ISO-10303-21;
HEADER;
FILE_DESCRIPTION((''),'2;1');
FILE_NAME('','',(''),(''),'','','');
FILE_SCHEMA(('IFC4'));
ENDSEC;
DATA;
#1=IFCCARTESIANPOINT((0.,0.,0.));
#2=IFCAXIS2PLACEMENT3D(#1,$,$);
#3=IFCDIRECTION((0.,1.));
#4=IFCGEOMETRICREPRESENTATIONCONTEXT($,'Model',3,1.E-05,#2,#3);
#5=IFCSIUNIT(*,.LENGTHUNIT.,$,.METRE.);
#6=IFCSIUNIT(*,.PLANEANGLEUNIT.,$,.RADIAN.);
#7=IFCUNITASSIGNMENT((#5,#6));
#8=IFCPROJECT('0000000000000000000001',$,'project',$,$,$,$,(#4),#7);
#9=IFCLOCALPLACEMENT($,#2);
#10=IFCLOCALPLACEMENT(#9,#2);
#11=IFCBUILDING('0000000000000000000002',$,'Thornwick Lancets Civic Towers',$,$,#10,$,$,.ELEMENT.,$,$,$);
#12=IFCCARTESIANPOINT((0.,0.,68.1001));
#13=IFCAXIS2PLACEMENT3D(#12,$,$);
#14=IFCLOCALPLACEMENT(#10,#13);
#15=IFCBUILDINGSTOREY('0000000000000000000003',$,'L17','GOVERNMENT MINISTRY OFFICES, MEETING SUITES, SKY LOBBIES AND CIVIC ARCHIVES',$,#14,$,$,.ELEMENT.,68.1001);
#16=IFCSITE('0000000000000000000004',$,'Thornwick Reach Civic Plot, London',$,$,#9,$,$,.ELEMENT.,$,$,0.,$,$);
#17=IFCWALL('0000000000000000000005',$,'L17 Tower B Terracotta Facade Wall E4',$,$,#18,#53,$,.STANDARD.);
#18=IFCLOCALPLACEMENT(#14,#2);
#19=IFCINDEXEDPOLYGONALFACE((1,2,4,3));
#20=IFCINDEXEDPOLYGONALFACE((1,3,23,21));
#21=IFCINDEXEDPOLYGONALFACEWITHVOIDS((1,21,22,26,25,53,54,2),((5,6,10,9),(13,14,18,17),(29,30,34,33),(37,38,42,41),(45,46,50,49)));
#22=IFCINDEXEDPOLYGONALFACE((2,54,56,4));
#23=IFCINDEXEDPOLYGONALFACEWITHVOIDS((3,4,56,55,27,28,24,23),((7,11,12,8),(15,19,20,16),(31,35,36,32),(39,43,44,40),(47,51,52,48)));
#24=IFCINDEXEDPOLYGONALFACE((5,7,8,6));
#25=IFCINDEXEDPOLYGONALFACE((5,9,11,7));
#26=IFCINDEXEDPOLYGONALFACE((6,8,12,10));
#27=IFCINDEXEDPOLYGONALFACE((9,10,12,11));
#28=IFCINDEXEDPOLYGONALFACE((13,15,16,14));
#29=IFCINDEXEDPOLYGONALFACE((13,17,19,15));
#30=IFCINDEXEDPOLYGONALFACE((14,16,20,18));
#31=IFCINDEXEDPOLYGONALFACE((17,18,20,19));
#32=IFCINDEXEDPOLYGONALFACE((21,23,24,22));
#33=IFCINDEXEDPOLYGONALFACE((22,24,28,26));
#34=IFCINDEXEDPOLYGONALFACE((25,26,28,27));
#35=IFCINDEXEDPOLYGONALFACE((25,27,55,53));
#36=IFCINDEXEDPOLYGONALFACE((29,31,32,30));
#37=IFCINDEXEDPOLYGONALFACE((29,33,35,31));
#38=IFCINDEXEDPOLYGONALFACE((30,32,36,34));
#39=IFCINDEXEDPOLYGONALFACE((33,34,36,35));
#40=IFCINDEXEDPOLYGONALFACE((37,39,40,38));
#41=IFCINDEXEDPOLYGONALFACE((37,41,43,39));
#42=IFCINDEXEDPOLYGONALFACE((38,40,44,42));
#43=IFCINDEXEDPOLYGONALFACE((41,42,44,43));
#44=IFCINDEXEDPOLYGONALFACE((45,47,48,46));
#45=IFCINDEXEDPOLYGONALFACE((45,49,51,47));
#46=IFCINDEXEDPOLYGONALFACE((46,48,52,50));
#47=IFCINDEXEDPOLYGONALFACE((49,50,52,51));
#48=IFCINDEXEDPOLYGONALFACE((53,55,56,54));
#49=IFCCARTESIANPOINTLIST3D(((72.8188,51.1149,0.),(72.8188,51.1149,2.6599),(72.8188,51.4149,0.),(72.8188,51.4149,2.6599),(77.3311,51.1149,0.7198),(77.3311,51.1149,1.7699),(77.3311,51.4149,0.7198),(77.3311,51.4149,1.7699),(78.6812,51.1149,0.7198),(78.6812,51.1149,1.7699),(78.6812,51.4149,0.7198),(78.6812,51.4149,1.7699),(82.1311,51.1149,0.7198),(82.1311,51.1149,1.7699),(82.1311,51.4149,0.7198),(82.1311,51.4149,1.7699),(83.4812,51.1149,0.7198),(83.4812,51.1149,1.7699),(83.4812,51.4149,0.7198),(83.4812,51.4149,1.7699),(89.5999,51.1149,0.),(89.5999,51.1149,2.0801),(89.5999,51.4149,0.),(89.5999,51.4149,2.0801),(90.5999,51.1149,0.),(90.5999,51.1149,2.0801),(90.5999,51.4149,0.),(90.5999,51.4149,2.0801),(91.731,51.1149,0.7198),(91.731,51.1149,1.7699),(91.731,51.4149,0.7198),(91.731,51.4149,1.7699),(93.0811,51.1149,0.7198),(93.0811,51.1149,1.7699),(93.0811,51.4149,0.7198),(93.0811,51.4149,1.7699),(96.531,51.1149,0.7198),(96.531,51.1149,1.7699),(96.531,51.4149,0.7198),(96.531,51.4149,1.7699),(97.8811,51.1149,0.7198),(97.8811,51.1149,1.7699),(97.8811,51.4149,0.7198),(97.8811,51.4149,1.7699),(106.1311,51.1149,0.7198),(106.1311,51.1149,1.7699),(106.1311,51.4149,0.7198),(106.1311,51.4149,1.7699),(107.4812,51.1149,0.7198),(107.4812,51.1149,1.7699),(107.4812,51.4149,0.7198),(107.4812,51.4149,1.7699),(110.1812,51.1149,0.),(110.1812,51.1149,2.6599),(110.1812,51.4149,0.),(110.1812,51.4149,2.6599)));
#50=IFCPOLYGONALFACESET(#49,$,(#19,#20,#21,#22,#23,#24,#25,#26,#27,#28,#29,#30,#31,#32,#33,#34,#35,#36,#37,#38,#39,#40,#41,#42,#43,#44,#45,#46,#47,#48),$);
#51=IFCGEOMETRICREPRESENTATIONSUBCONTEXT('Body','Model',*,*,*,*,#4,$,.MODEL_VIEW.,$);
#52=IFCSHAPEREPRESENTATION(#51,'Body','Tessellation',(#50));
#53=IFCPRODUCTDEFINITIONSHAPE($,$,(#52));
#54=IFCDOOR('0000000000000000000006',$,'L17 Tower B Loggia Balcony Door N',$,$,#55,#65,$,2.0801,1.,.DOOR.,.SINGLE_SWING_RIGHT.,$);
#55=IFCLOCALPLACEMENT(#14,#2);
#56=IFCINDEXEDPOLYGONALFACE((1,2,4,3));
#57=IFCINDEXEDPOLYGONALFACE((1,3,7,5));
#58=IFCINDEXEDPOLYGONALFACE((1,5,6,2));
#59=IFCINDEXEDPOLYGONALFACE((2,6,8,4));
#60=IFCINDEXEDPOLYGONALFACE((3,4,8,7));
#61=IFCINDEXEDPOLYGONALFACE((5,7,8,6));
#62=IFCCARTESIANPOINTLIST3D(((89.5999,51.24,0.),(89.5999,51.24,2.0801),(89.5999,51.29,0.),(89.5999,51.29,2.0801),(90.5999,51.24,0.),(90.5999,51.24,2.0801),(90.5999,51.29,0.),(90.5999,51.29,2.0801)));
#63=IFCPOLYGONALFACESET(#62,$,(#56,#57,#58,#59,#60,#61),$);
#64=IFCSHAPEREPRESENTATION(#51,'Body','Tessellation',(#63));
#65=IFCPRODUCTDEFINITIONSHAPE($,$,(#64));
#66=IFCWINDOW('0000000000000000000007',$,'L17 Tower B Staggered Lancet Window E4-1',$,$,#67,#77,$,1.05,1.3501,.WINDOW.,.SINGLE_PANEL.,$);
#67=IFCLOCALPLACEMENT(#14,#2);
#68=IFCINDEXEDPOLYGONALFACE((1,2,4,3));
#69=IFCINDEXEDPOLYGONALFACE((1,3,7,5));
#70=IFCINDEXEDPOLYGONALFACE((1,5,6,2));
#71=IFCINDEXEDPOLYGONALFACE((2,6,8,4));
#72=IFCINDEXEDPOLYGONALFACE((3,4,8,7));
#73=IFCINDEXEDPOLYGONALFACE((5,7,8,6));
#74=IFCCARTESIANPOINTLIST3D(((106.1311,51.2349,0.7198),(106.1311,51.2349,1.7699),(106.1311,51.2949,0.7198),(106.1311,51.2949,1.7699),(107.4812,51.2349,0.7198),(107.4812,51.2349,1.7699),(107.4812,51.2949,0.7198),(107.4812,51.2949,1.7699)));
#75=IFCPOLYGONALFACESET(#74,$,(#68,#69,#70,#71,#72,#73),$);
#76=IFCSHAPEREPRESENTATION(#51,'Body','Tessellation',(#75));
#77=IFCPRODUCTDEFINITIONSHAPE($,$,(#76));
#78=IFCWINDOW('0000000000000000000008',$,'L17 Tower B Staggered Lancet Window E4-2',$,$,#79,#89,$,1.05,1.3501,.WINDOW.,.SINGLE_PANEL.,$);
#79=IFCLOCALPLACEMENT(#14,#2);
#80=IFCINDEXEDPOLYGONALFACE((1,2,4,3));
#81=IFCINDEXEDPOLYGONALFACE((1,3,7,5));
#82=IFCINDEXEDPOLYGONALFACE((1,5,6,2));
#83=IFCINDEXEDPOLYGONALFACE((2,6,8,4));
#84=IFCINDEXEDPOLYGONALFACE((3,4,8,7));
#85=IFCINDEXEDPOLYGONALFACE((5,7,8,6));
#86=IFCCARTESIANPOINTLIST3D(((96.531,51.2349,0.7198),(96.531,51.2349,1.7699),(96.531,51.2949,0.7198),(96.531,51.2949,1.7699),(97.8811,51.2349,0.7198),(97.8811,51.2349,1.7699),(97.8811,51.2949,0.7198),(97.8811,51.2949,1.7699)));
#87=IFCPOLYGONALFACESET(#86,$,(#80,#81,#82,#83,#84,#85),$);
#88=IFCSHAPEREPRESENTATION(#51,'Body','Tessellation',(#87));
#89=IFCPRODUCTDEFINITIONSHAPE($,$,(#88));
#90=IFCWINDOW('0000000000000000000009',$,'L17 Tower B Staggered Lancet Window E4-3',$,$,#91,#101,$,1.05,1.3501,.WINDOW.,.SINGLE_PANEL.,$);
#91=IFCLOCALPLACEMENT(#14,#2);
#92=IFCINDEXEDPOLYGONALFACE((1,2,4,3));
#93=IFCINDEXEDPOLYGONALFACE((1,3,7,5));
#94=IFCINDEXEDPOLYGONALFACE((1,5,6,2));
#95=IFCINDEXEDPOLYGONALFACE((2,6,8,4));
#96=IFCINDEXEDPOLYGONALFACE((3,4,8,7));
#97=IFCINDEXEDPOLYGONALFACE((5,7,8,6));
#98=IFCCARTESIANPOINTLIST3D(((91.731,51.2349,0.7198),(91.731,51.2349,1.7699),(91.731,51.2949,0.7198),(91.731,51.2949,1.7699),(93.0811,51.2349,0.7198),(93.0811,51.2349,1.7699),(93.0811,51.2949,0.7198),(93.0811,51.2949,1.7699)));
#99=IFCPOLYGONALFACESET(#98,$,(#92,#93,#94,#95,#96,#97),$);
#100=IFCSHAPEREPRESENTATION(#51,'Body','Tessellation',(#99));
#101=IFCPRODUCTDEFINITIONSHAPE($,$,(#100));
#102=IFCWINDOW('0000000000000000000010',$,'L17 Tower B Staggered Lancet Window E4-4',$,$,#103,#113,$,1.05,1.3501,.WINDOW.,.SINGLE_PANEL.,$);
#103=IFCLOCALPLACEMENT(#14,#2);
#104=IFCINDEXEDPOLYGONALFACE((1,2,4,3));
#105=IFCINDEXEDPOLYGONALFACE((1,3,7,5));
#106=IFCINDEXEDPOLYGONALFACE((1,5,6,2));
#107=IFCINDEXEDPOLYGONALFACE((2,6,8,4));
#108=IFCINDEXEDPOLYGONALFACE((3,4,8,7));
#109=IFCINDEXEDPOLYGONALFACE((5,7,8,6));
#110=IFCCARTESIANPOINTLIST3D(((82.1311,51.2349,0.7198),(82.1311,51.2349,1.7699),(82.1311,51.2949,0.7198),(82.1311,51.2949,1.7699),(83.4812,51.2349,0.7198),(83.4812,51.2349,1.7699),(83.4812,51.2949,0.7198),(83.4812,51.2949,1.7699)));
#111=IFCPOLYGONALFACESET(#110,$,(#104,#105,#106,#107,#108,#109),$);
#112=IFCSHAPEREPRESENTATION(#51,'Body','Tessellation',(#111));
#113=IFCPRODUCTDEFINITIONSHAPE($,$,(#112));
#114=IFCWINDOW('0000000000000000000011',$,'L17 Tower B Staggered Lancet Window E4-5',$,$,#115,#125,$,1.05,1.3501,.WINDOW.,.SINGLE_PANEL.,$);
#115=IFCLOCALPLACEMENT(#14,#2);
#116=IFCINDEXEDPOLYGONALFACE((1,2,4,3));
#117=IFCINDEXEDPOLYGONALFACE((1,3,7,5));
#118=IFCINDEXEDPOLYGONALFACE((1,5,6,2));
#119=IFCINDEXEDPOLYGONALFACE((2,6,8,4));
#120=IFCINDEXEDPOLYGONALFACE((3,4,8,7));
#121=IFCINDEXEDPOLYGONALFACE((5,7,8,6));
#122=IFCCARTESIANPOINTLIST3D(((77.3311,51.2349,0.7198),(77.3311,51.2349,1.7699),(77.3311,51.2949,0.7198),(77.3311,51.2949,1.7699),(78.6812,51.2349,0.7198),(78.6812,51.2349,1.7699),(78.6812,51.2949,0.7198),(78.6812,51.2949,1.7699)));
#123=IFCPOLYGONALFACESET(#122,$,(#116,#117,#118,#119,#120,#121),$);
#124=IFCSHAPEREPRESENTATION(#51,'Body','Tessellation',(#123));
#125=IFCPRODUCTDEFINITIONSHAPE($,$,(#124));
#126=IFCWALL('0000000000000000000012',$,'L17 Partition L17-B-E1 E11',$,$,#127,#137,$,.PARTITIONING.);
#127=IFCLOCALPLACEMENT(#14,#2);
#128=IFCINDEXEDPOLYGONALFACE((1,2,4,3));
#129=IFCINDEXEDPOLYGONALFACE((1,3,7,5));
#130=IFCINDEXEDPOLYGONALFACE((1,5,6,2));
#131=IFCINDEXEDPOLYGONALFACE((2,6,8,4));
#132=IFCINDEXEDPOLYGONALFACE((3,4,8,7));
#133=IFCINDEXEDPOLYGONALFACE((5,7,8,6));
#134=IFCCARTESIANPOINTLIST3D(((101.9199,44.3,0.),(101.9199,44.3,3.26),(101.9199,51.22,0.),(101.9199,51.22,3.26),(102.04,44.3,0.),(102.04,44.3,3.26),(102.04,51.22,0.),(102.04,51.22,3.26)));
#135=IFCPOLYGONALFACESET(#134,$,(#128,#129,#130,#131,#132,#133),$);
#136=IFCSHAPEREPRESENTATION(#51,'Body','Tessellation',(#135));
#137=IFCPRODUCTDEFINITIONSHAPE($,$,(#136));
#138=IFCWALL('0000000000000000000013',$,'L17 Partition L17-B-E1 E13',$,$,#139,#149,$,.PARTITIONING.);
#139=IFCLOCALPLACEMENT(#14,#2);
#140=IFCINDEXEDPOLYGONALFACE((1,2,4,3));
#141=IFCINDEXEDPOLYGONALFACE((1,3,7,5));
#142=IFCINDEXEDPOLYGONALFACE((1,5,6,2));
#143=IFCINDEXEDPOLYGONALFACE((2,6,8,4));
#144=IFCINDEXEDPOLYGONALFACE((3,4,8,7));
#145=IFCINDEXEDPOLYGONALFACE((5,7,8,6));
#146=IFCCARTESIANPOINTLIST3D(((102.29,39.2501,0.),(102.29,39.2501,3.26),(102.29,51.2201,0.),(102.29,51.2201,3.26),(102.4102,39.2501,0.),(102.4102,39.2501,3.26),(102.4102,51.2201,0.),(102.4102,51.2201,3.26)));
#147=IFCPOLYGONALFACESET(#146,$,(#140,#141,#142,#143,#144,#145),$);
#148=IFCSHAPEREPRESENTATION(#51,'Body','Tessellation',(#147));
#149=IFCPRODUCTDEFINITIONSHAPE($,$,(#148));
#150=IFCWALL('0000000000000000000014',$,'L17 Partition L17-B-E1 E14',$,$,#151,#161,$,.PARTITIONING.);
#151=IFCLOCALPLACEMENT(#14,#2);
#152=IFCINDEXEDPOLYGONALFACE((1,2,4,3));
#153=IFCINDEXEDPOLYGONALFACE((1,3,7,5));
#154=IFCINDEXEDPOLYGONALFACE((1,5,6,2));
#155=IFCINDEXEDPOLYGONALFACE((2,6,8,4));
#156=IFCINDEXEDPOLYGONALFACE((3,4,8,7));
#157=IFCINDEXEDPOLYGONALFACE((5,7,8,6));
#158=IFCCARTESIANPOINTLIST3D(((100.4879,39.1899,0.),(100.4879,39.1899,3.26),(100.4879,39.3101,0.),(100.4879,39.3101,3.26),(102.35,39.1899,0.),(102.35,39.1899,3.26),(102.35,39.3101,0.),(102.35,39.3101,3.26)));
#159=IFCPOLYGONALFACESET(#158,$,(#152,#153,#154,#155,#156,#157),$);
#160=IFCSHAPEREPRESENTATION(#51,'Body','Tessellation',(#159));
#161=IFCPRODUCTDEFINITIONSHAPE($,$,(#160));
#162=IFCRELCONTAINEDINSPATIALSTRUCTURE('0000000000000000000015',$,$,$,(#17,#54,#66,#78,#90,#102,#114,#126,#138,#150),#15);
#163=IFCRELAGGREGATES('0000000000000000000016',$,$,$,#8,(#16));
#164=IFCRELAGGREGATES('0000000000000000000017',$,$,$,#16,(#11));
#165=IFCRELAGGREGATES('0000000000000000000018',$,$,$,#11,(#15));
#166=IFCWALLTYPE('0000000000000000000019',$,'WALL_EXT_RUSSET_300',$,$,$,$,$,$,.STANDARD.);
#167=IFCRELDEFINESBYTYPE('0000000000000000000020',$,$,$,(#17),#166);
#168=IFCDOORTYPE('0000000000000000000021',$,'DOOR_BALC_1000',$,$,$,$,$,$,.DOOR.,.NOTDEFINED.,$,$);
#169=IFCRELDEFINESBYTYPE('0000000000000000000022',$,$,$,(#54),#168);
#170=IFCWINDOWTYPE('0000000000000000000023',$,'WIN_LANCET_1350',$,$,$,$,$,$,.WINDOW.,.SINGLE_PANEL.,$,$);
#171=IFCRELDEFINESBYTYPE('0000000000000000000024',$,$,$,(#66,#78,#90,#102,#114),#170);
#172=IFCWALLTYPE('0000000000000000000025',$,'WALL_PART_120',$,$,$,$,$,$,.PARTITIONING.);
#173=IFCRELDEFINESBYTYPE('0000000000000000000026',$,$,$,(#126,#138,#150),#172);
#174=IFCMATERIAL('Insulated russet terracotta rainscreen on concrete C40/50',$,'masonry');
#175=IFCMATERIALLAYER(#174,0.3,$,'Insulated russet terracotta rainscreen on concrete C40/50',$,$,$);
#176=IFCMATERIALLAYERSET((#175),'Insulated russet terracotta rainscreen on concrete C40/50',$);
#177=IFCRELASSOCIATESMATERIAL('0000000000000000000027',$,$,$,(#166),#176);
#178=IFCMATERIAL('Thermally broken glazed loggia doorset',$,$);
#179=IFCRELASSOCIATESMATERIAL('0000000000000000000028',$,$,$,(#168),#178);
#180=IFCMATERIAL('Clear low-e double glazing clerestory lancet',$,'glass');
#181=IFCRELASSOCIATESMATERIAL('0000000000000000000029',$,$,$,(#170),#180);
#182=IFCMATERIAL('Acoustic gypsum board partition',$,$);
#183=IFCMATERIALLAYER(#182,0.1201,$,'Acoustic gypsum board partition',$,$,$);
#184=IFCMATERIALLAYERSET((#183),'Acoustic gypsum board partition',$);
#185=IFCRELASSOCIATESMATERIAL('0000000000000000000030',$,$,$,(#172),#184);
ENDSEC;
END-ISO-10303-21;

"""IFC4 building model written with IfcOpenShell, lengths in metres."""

from ifc_helpers import new_model, si_unit, direction, frame, frame_2d, origin, place, context, subcontext, project, spatial, rectangle, extrude, material, layer, layer_set, type_object, element, fill, save


model = new_model("IFC4")

# Units and contexts
model_context = context("Model", 3, precision=1e-05, world=origin(), true_north=direction((0.0, 1.0)))
body_context = subcontext(model_context, "Body", "Model", "MODEL_VIEW")
ifc_project = project(units=[si_unit("LENGTHUNIT", "METRE"), si_unit("PLANEANGLEUNIT", "RADIAN")], contexts=[model_context])

# Site, building, storey
site_placement = place(None, origin())
site = spatial("IfcSite", under=ifc_project, at=site_placement, Name="Thornwick Reach Civic Plot, London", CompositionType="ELEMENT", RefElevation=0.0)
building_placement = place(site_placement, origin())
building = spatial("IfcBuilding", under=site, at=building_placement, Name="Thornwick Lancets Civic Towers", CompositionType="ELEMENT")
storey_placement = place(building_placement, frame((0.0, 0.0, 68.1001)))
storey = spatial("IfcBuildingStorey", under=building, at=storey_placement, Name="L17", Description="GOVERNMENT MINISTRY OFFICES, MEETING SUITES, SKY LOBBIES AND CIVIC ARCHIVES", CompositionType="ELEMENT", Elevation=68.1001)

# Wall, openings, door, windows
ifc_material_1 = material(Name="Insulated russet terracotta rainscreen on concrete C40/50", Category="masonry")
ifc_layer_1 = layer(ifc_material_1, 0.3, Name="Insulated russet terracotta rainscreen on concrete C40/50")
ifc_layer_set_1 = layer_set([ifc_layer_1], Name="Insulated russet terracotta rainscreen on concrete C40/50")
wall_type_1 = type_object("IfcWallType", Name="WALL_EXT_RUSSET_300", PredefinedType="STANDARD", material=ifc_layer_set_1)
wall_1_placement = place(storey_placement, frame((110.1812, 51.2649, 0.0), z_axis=(0.0, 0.0, 1.0), x_axis=(-1.0, 0.0, 0.0)))
wall_1 = element("IfcWall", 1, at=wall_1_placement, inside=storey, type_object=wall_type_1, Name="L17 Tower B Terracotta Facade Wall E4", PredefinedType="STANDARD", context=body_context, shape_type="SweptSolid", body=[
    extrude(rectangle(XDim=37.3623, YDim=0.3, at=frame_2d((18.6812, 0.0))), origin(), (0.0, 0.0, 1.0), 2.6599),
])
opening_1_placement = place(wall_1_placement, frame((19.5813, 0.0, 0.0)))
opening_1 = element("IfcOpeningElement", 2, at=opening_1_placement, cuts=wall_1, PredefinedType="OPENING", context=body_context, shape_type="SweptSolid", body=[
    extrude(rectangle(XDim=1.0, YDim=2.0801, at=frame_2d((0.5, 1.04))), frame((0.0, 0.1602, 0.0), z_axis=(0.0, -1.0, 0.0), x_axis=(1.0, 0.0, 0.0)), (0.0, 0.0, 1.0), 0.3201),
])
opening_2_placement = place(wall_1_placement, frame((2.7, 0.0, 0.72)))
opening_2 = element("IfcOpeningElement", 3, at=opening_2_placement, cuts=wall_1, PredefinedType="OPENING", context=body_context, shape_type="SweptSolid", body=[
    extrude(rectangle(XDim=1.3501, YDim=1.05, at=frame_2d((0.675, 0.5249))), frame((0.0, 0.1602, 0.0), z_axis=(0.0, -1.0, 0.0), x_axis=(1.0, 0.0, 0.0)), (0.0, 0.0, 1.0), 0.3201),
])
opening_3_placement = place(wall_1_placement, frame((12.3, 0.0, 0.72)))
opening_3 = element("IfcOpeningElement", 4, at=opening_3_placement, cuts=wall_1, PredefinedType="OPENING", context=body_context, shape_type="SweptSolid", body=[
    extrude(rectangle(XDim=1.3501, YDim=1.05, at=frame_2d((0.675, 0.5249))), frame((0.0, 0.1602, 0.0), z_axis=(0.0, -1.0, 0.0), x_axis=(1.0, 0.0, 0.0)), (0.0, 0.0, 1.0), 0.3201),
])
opening_4_placement = place(wall_1_placement, frame((17.1001, 0.0, 0.72)))
opening_4 = element("IfcOpeningElement", 5, at=opening_4_placement, cuts=wall_1, PredefinedType="OPENING", context=body_context, shape_type="SweptSolid", body=[
    extrude(rectangle(XDim=1.3501, YDim=1.05, at=frame_2d((0.675, 0.5249))), frame((0.0, 0.1602, 0.0), z_axis=(0.0, -1.0, 0.0), x_axis=(1.0, 0.0, 0.0)), (0.0, 0.0, 1.0), 0.3201),
])
opening_5_placement = place(wall_1_placement, frame((26.7, 0.0, 0.72)))
opening_5 = element("IfcOpeningElement", 6, at=opening_5_placement, cuts=wall_1, PredefinedType="OPENING", context=body_context, shape_type="SweptSolid", body=[
    extrude(rectangle(XDim=1.3501, YDim=1.05, at=frame_2d((0.675, 0.5249))), frame((0.0, 0.1602, 0.0), z_axis=(0.0, -1.0, 0.0), x_axis=(1.0, 0.0, 0.0)), (0.0, 0.0, 1.0), 0.3201),
])
opening_6_placement = place(wall_1_placement, frame((31.5, 0.0, 0.72)))
opening_6 = element("IfcOpeningElement", 7, at=opening_6_placement, cuts=wall_1, PredefinedType="OPENING", context=body_context, shape_type="SweptSolid", body=[
    extrude(rectangle(XDim=1.3501, YDim=1.05, at=frame_2d((0.675, 0.5249))), frame((0.0, 0.1602, 0.0), z_axis=(0.0, -1.0, 0.0), x_axis=(1.0, 0.0, 0.0)), (0.0, 0.0, 1.0), 0.3201),
])
ifc_material_2 = material(Name="Thermally broken glazed loggia doorset")
door_type = type_object("IfcDoorType", Name="DOOR_BALC_1000", OperationType="NOTDEFINED", PredefinedType="DOOR", material=ifc_material_2)
door_placement = place(opening_1_placement, origin())
door = element("IfcDoor", 8, at=door_placement, inside=storey, type_object=door_type, Name="L17 Tower B Loggia Balcony Door N", OperationType="SINGLE_SWING_RIGHT", OverallHeight=2.0801, OverallWidth=1.0, PredefinedType="DOOR", context=body_context, shape_type="SweptSolid", body=[
    extrude(rectangle(XDim=1.0, YDim=2.0801, at=frame_2d((0.5, 1.04))), frame((0.0, 0.0249, 0.0), z_axis=(0.0, -1.0, 0.0), x_axis=(1.0, 0.0, 0.0)), (0.0, 0.0, 1.0), 0.05),
])
fill(opening_1, door)
ifc_material_3 = material(Name="Clear low-e double glazing clerestory lancet", Category="glass")
window_type = type_object("IfcWindowType", Name="WIN_LANCET_1350", PartitioningType="SINGLE_PANEL", PredefinedType="WINDOW", material=ifc_material_3)
window_1_placement = place(opening_2_placement, origin())
window_1 = element("IfcWindow", 9, at=window_1_placement, inside=storey, type_object=window_type, Name="L17 Tower B Staggered Lancet Window E4-1", OverallHeight=1.05, OverallWidth=1.3501, PartitioningType="SINGLE_PANEL", PredefinedType="WINDOW", context=body_context, shape_type="SweptSolid", body=[
    extrude(rectangle(XDim=1.3501, YDim=1.05, at=frame_2d((0.675, 0.5249))), frame((0.0, 0.03, 0.0), z_axis=(0.0, -1.0, 0.0), x_axis=(1.0, 0.0, 0.0)), (0.0, 0.0, 1.0), 0.0601),
])
fill(opening_2, window_1)
window_2_placement = place(opening_3_placement, origin())
window_2 = element("IfcWindow", 10, at=window_2_placement, inside=storey, type_object=window_type, Name="L17 Tower B Staggered Lancet Window E4-2", OverallHeight=1.05, OverallWidth=1.3501, PartitioningType="SINGLE_PANEL", PredefinedType="WINDOW", context=body_context, shape_type="SweptSolid", body=[
    extrude(rectangle(XDim=1.3501, YDim=1.05, at=frame_2d((0.675, 0.5249))), frame((0.0, 0.03, 0.0), z_axis=(0.0, -1.0, 0.0), x_axis=(1.0, 0.0, 0.0)), (0.0, 0.0, 1.0), 0.0601),
])
fill(opening_3, window_2)
window_3_placement = place(opening_4_placement, origin())
window_3 = element("IfcWindow", 11, at=window_3_placement, inside=storey, type_object=window_type, Name="L17 Tower B Staggered Lancet Window E4-3", OverallHeight=1.05, OverallWidth=1.3501, PartitioningType="SINGLE_PANEL", PredefinedType="WINDOW", context=body_context, shape_type="SweptSolid", body=[
    extrude(rectangle(XDim=1.3501, YDim=1.05, at=frame_2d((0.675, 0.5249))), frame((0.0, 0.03, 0.0), z_axis=(0.0, -1.0, 0.0), x_axis=(1.0, 0.0, 0.0)), (0.0, 0.0, 1.0), 0.0601),
])
fill(opening_4, window_3)
window_4_placement = place(opening_5_placement, origin())
window_4 = element("IfcWindow", 12, at=window_4_placement, inside=storey, type_object=window_type, Name="L17 Tower B Staggered Lancet Window E4-4", OverallHeight=1.05, OverallWidth=1.3501, PartitioningType="SINGLE_PANEL", PredefinedType="WINDOW", context=body_context, shape_type="SweptSolid", body=[
    extrude(rectangle(XDim=1.3501, YDim=1.05, at=frame_2d((0.675, 0.5249))), frame((0.0, 0.03, 0.0), z_axis=(0.0, -1.0, 0.0), x_axis=(1.0, 0.0, 0.0)), (0.0, 0.0, 1.0), 0.0601),
])
fill(opening_5, window_4)
window_5_placement = place(opening_6_placement, origin())
window_5 = element("IfcWindow", 13, at=window_5_placement, inside=storey, type_object=window_type, Name="L17 Tower B Staggered Lancet Window E4-5", OverallHeight=1.05, OverallWidth=1.3501, PartitioningType="SINGLE_PANEL", PredefinedType="WINDOW", context=body_context, shape_type="SweptSolid", body=[
    extrude(rectangle(XDim=1.3501, YDim=1.05, at=frame_2d((0.675, 0.5249))), frame((0.0, 0.03, 0.0), z_axis=(0.0, -1.0, 0.0), x_axis=(1.0, 0.0, 0.0)), (0.0, 0.0, 1.0), 0.0601),
])
fill(opening_6, window_5)

# Walls
ifc_material_4 = material(Name="Acoustic gypsum board partition")
ifc_layer_2 = layer(ifc_material_4, 0.1201, Name="Acoustic gypsum board partition")
ifc_layer_set_2 = layer_set([ifc_layer_2], Name="Acoustic gypsum board partition")
wall_type_2 = type_object("IfcWallType", Name="WALL_PART_120", PredefinedType="PARTITIONING", material=ifc_layer_set_2)
wall_2_placement = place(storey_placement, frame((101.98, 44.3, 0.0), z_axis=(0.0, 0.0, 1.0), x_axis=(0.0, 1.0, 0.0)))
element("IfcWall", 14, at=wall_2_placement, inside=storey, type_object=wall_type_2, Name="L17 Partition L17-B-E1 E11", PredefinedType="PARTITIONING", context=body_context, shape_type="SweptSolid", body=[
    extrude(rectangle(XDim=6.9199, YDim=0.1201, at=frame_2d((3.46, 0.0))), origin(), (0.0, 0.0, 1.0), 3.26),
])
wall_3_placement = place(storey_placement, frame((102.3501, 51.22, 0.0), z_axis=(0.0, 0.0, 1.0), x_axis=(0.0, -1.0, 0.0)))
element("IfcWall", 15, at=wall_3_placement, inside=storey, type_object=wall_type_2, Name="L17 Partition L17-B-E1 E13", PredefinedType="PARTITIONING", context=body_context, shape_type="SweptSolid", body=[
    extrude(rectangle(XDim=11.97, YDim=0.1201, at=frame_2d((5.9849, 0.0))), origin(), (0.0, 0.0, 1.0), 3.26),
])
wall_4_placement = place(storey_placement, frame((102.3501, 39.25, 0.0), z_axis=(0.0, 0.0, 1.0), x_axis=(-1.0, 0.0, 0.0)))
element("IfcWall", 16, at=wall_4_placement, inside=storey, type_object=wall_type_2, Name="L17 Partition L17-B-E1 E14", PredefinedType="PARTITIONING", context=body_context, shape_type="SweptSolid", body=[
    extrude(rectangle(XDim=1.8621, YDim=0.1201, at=frame_2d((0.9312, 0.0))), origin(), (0.0, 0.0, 1.0), 3.26),
])

save(model, "model.ifc")
